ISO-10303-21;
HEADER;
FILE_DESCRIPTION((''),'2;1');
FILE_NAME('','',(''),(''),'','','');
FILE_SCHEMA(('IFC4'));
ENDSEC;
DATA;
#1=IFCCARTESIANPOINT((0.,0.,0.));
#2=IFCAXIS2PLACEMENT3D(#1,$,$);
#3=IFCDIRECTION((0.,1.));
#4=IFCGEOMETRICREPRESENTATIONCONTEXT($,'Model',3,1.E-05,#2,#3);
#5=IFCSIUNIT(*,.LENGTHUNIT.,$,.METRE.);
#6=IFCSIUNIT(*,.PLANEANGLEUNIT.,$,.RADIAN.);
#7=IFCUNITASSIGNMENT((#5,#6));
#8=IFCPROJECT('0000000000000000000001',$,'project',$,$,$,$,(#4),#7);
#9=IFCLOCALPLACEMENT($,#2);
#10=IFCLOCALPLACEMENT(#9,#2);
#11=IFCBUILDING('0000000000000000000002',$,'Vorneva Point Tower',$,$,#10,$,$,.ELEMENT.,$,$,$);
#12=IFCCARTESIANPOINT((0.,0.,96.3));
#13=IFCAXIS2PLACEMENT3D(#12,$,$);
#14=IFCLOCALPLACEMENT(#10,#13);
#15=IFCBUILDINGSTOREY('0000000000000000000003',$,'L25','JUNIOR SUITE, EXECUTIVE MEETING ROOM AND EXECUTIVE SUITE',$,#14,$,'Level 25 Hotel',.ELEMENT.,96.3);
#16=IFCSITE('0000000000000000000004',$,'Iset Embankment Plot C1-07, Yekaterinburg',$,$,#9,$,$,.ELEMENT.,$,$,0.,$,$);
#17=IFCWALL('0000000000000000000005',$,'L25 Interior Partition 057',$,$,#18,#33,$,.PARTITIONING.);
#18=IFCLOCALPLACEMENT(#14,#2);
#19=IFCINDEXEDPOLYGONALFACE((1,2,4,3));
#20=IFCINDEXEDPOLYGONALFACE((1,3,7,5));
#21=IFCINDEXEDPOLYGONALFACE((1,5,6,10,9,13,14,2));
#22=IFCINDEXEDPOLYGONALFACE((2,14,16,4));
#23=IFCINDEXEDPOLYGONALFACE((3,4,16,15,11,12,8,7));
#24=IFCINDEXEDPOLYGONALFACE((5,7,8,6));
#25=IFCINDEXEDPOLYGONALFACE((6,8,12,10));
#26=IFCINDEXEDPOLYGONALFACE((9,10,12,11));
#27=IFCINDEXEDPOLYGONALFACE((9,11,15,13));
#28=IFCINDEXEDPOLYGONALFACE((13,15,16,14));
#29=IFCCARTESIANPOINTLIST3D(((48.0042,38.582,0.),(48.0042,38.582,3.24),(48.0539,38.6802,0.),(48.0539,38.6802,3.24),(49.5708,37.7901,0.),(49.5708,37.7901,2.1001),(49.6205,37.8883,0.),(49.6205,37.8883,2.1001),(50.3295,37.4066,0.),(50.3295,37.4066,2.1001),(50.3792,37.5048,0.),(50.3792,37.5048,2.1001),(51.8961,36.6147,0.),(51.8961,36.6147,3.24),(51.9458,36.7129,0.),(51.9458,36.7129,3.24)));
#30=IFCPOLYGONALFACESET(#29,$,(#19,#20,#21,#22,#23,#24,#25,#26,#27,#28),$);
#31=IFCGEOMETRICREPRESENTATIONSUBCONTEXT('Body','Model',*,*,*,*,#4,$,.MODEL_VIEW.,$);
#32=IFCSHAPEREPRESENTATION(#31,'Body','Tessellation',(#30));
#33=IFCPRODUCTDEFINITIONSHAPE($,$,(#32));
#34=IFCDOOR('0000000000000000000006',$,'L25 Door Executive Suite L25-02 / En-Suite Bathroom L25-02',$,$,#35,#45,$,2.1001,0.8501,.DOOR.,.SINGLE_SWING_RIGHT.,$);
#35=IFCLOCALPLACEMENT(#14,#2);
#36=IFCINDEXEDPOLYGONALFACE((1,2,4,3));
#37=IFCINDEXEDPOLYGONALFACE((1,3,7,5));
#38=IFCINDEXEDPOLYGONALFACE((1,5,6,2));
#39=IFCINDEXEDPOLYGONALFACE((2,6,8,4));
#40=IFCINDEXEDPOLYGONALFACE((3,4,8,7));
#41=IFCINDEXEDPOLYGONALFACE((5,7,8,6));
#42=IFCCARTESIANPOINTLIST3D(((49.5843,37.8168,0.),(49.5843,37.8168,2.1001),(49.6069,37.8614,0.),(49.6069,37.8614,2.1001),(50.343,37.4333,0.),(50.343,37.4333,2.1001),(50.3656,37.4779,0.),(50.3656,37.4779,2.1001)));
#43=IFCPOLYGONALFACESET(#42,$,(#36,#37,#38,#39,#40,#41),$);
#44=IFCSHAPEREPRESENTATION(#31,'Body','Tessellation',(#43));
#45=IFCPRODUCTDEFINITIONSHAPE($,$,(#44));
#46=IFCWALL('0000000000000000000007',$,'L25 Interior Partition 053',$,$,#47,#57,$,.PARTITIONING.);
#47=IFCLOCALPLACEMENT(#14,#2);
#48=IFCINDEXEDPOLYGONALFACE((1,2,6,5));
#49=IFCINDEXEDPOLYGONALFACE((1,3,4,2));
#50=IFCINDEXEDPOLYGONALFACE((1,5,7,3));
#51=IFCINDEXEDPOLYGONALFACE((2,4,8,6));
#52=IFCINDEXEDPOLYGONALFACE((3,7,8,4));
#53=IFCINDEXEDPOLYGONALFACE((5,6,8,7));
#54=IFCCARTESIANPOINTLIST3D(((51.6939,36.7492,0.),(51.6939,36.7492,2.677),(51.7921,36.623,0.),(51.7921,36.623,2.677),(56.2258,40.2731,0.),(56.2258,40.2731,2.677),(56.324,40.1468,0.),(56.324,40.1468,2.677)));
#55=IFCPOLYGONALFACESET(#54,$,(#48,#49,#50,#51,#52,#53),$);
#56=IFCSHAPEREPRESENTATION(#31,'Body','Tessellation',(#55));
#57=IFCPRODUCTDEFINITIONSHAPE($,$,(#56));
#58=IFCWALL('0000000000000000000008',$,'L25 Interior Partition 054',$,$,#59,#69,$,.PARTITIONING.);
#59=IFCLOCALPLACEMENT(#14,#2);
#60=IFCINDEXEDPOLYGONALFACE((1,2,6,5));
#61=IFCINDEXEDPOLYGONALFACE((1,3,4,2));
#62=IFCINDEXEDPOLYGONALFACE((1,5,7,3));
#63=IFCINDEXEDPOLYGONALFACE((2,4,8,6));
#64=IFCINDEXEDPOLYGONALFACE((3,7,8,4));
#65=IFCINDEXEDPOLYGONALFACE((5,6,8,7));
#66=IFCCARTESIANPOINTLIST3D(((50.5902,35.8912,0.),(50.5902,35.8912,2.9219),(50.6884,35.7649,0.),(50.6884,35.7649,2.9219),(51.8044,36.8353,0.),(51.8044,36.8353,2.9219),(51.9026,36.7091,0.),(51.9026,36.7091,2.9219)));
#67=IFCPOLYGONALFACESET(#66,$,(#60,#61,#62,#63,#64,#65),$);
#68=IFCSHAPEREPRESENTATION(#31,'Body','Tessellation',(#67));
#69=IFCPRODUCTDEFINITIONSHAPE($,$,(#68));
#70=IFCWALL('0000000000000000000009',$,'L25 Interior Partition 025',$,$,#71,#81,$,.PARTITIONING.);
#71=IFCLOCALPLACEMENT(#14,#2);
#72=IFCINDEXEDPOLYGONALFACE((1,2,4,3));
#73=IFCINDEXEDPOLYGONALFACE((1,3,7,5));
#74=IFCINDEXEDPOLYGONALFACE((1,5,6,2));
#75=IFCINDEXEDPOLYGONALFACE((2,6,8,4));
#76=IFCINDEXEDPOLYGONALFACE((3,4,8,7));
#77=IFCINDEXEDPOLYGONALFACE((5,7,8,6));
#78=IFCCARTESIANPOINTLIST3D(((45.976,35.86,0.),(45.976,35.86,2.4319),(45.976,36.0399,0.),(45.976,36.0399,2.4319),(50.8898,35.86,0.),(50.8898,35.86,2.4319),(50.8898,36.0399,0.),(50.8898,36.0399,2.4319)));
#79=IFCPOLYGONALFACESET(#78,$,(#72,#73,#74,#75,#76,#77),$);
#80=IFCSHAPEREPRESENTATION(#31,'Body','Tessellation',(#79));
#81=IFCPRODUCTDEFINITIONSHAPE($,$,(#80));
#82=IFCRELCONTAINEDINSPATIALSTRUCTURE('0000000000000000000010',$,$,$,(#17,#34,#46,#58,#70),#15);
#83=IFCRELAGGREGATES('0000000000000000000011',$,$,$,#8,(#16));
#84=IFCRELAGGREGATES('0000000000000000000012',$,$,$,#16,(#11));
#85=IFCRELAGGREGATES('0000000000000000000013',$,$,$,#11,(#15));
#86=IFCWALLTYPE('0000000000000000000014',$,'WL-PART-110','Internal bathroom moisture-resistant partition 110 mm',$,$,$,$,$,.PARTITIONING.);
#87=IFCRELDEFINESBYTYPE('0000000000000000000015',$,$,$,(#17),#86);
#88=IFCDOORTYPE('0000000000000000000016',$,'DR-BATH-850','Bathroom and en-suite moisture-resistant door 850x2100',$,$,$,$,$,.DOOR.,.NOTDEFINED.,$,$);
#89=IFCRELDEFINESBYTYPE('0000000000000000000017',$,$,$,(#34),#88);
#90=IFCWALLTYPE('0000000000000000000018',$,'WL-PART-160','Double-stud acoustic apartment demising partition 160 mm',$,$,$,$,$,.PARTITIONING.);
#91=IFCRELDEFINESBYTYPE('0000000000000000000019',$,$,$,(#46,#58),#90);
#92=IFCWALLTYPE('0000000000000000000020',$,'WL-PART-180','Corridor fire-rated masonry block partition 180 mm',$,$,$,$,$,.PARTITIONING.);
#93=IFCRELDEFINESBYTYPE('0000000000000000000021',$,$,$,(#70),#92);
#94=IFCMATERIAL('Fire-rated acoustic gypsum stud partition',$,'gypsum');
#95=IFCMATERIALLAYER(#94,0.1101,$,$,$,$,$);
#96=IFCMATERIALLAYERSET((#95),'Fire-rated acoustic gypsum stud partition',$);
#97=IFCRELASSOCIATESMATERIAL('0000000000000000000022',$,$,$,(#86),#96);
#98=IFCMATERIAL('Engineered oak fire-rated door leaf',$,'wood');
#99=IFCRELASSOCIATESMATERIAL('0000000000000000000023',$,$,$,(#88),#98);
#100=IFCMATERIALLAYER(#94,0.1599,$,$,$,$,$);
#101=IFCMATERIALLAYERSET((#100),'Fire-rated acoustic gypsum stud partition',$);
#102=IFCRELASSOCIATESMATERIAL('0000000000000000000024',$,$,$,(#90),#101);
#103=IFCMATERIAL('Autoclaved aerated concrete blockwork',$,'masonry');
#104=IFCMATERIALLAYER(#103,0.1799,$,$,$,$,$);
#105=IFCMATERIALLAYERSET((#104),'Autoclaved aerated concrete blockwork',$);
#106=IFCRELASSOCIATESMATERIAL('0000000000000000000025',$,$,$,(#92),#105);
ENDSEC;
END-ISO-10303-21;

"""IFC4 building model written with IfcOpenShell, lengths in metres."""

from ifc_helpers import new_model, si_unit, direction, frame, frame_2d, origin, place, context, subcontext, project, spatial, rectangle, extrude, material, layer, layer_set, type_object, element, fill, save


model = new_model("IFC4")

# Units and contexts
model_context = context("Model", 3, precision=1e-05, world=origin(), true_north=direction((0.0, 1.0)))
body_context = subcontext(model_context, "Body", "Model", "MODEL_VIEW")
ifc_project = project(units=[si_unit("LENGTHUNIT", "METRE"), si_unit("PLANEANGLEUNIT", "RADIAN")], contexts=[model_context])

# Site, building, storey
site_placement = place(None, origin())
site = spatial("IfcSite", under=ifc_project, at=site_placement, Name="Iset Embankment Plot C1-07, Yekaterinburg", CompositionType="ELEMENT", RefElevation=0.0)
building_placement = place(site_placement, origin())
building = spatial("IfcBuilding", under=site, at=building_placement, Name="Vorneva Point Tower", CompositionType="ELEMENT")
storey_placement = place(building_placement, frame((0.0, 0.0, 96.3)))
storey = spatial("IfcBuildingStorey", under=building, at=storey_placement, Name="L25", Description="JUNIOR SUITE, EXECUTIVE MEETING ROOM AND EXECUTIVE SUITE", LongName="Level 25 Hotel", CompositionType="ELEMENT", Elevation=96.3)

# Wall, opening, door
ifc_material_1 = material(Name="Fire-rated acoustic gypsum stud partition", Category="gypsum")
ifc_layer_1 = layer(ifc_material_1, 0.1101)
ifc_layer_set_1 = layer_set([ifc_layer_1], Name="Fire-rated acoustic gypsum stud partition")
wall_type_1 = type_object("IfcWallType", Name="WL-PART-110", Description="Internal bathroom moisture-resistant partition 110 mm", PredefinedType="PARTITIONING", material=ifc_layer_set_1)
wall_1_placement = place(storey_placement, frame((48.0291, 38.6311, 0.0), z_axis=(0.0, 0.0, 1.0), x_axis=(0.892459, -0.451128, 0.0)))
wall_1 = element("IfcWall", 1, at=wall_1_placement, inside=storey, type_object=wall_type_1, Name="L25 Interior Partition 057", PredefinedType="PARTITIONING", context=body_context, shape_type="SweptSolid", body=[
    extrude(rectangle(XDim=4.3608, YDim=0.1101, at=frame_2d((2.1804, 0.0))), origin(), (0.0, 0.0, 1.0), 3.24),
])
opening_1_placement = place(wall_1_placement, frame((1.7554, 0.0, 0.0)))
opening_1 = element("IfcOpeningElement", 2, at=opening_1_placement, cuts=wall_1, PredefinedType="OPENING", context=body_context, shape_type="SweptSolid", body=[
    extrude(rectangle(XDim=0.8501, YDim=2.1001, at=frame_2d((0.425, 1.05))), frame((0.0, 0.0698, 0.0), z_axis=(0.0, -1.0, 0.0), x_axis=(1.0, 0.0, 0.0)), (0.0, 0.0, 1.0), 0.1399),
])
ifc_material_2 = material(Name="Engineered oak fire-rated door leaf", Category="wood")
door_type = type_object("IfcDoorType", Name="DR-BATH-850", Description="Bathroom and en-suite moisture-resistant door 850x2100", OperationType="NOTDEFINED", PredefinedType="DOOR", material=ifc_material_2)
door_placement = place(opening_1_placement, origin())
door = element("IfcDoor", 3, at=door_placement, inside=storey, type_object=door_type, Name="L25 Door Executive Suite L25-02 / En-Suite Bathroom L25-02", OperationType="SINGLE_SWING_RIGHT", OverallHeight=2.1001, OverallWidth=0.8501, PredefinedType="DOOR", context=body_context, shape_type="SweptSolid", body=[
    extrude(rectangle(XDim=0.8501, YDim=2.1001, at=frame_2d((0.425, 1.05))), frame((0.0, 0.0249, 0.0), z_axis=(0.0, -1.0, 0.0), x_axis=(1.0, 0.0, 0.0)), (0.0, 0.0, 1.0), 0.05),
])
fill(opening_1, door)

# Walls
ifc_layer_2 = layer(ifc_material_1, 0.1599)
ifc_layer_set_2 = layer_set([ifc_layer_2], Name="Fire-rated acoustic gypsum stud partition")
wall_type_2 = type_object("IfcWallType", Name="WL-PART-160", Description="Double-stud acoustic apartment demising partition 160 mm", PredefinedType="PARTITIONING", material=ifc_layer_set_2)
wall_2_placement = place(storey_placement, frame((56.2749, 40.21, 0.0), z_axis=(0.0, 0.0, 1.0), x_axis=(-0.789432, -0.613838, 0.0)))
element("IfcWall", 4, at=wall_2_placement, inside=storey, type_object=wall_type_2, Name="L25 Interior Partition 053", PredefinedType="PARTITIONING", context=body_context, shape_type="SweptSolid", body=[
    extrude(rectangle(XDim=5.7407, YDim=0.1599, at=frame_2d((2.8704, 0.0))), origin(), (0.0, 0.0, 1.0), 2.677),
])
wall_3_placement = place(storey_placement, frame((51.8535, 36.7722, 0.0), z_axis=(0.0, 0.0, 1.0), x_axis=(-0.789421, -0.613853, 0.0)))
element("IfcWall", 5, at=wall_3_placement, inside=storey, type_object=wall_type_2, Name="L25 Interior Partition 054", PredefinedType="PARTITIONING", context=body_context, shape_type="SweptSolid", body=[
    extrude(rectangle(XDim=1.5381, YDim=0.1599, at=frame_2d((0.769, 0.0))), origin(), (0.0, 0.0, 1.0), 2.9219),
])
ifc_material_3 = material(Name="Autoclaved aerated concrete blockwork", Category="masonry")
ifc_layer_3 = layer(ifc_material_3, 0.1799)
ifc_layer_set_3 = layer_set([ifc_layer_3], Name="Autoclaved aerated concrete blockwork")
wall_type_3 = type_object("IfcWallType", Name="WL-PART-180", Description="Corridor fire-rated masonry block partition 180 mm", PredefinedType="PARTITIONING", material=ifc_layer_set_3)
wall_4_placement = place(storey_placement, frame((50.8899, 35.95, 0.0), z_axis=(0.0, 0.0, 1.0), x_axis=(-1.0, 0.0, 0.0)))
element("IfcWall", 6, at=wall_4_placement, inside=storey, type_object=wall_type_3, Name="L25 Interior Partition 025", PredefinedType="PARTITIONING", context=body_context, shape_type="SweptSolid", body=[
    extrude(rectangle(XDim=4.9138, YDim=0.1799, at=frame_2d((2.457, 0.0))), origin(), (0.0, 0.0, 1.0), 2.4319),
])

save(model, "model.ifc")
